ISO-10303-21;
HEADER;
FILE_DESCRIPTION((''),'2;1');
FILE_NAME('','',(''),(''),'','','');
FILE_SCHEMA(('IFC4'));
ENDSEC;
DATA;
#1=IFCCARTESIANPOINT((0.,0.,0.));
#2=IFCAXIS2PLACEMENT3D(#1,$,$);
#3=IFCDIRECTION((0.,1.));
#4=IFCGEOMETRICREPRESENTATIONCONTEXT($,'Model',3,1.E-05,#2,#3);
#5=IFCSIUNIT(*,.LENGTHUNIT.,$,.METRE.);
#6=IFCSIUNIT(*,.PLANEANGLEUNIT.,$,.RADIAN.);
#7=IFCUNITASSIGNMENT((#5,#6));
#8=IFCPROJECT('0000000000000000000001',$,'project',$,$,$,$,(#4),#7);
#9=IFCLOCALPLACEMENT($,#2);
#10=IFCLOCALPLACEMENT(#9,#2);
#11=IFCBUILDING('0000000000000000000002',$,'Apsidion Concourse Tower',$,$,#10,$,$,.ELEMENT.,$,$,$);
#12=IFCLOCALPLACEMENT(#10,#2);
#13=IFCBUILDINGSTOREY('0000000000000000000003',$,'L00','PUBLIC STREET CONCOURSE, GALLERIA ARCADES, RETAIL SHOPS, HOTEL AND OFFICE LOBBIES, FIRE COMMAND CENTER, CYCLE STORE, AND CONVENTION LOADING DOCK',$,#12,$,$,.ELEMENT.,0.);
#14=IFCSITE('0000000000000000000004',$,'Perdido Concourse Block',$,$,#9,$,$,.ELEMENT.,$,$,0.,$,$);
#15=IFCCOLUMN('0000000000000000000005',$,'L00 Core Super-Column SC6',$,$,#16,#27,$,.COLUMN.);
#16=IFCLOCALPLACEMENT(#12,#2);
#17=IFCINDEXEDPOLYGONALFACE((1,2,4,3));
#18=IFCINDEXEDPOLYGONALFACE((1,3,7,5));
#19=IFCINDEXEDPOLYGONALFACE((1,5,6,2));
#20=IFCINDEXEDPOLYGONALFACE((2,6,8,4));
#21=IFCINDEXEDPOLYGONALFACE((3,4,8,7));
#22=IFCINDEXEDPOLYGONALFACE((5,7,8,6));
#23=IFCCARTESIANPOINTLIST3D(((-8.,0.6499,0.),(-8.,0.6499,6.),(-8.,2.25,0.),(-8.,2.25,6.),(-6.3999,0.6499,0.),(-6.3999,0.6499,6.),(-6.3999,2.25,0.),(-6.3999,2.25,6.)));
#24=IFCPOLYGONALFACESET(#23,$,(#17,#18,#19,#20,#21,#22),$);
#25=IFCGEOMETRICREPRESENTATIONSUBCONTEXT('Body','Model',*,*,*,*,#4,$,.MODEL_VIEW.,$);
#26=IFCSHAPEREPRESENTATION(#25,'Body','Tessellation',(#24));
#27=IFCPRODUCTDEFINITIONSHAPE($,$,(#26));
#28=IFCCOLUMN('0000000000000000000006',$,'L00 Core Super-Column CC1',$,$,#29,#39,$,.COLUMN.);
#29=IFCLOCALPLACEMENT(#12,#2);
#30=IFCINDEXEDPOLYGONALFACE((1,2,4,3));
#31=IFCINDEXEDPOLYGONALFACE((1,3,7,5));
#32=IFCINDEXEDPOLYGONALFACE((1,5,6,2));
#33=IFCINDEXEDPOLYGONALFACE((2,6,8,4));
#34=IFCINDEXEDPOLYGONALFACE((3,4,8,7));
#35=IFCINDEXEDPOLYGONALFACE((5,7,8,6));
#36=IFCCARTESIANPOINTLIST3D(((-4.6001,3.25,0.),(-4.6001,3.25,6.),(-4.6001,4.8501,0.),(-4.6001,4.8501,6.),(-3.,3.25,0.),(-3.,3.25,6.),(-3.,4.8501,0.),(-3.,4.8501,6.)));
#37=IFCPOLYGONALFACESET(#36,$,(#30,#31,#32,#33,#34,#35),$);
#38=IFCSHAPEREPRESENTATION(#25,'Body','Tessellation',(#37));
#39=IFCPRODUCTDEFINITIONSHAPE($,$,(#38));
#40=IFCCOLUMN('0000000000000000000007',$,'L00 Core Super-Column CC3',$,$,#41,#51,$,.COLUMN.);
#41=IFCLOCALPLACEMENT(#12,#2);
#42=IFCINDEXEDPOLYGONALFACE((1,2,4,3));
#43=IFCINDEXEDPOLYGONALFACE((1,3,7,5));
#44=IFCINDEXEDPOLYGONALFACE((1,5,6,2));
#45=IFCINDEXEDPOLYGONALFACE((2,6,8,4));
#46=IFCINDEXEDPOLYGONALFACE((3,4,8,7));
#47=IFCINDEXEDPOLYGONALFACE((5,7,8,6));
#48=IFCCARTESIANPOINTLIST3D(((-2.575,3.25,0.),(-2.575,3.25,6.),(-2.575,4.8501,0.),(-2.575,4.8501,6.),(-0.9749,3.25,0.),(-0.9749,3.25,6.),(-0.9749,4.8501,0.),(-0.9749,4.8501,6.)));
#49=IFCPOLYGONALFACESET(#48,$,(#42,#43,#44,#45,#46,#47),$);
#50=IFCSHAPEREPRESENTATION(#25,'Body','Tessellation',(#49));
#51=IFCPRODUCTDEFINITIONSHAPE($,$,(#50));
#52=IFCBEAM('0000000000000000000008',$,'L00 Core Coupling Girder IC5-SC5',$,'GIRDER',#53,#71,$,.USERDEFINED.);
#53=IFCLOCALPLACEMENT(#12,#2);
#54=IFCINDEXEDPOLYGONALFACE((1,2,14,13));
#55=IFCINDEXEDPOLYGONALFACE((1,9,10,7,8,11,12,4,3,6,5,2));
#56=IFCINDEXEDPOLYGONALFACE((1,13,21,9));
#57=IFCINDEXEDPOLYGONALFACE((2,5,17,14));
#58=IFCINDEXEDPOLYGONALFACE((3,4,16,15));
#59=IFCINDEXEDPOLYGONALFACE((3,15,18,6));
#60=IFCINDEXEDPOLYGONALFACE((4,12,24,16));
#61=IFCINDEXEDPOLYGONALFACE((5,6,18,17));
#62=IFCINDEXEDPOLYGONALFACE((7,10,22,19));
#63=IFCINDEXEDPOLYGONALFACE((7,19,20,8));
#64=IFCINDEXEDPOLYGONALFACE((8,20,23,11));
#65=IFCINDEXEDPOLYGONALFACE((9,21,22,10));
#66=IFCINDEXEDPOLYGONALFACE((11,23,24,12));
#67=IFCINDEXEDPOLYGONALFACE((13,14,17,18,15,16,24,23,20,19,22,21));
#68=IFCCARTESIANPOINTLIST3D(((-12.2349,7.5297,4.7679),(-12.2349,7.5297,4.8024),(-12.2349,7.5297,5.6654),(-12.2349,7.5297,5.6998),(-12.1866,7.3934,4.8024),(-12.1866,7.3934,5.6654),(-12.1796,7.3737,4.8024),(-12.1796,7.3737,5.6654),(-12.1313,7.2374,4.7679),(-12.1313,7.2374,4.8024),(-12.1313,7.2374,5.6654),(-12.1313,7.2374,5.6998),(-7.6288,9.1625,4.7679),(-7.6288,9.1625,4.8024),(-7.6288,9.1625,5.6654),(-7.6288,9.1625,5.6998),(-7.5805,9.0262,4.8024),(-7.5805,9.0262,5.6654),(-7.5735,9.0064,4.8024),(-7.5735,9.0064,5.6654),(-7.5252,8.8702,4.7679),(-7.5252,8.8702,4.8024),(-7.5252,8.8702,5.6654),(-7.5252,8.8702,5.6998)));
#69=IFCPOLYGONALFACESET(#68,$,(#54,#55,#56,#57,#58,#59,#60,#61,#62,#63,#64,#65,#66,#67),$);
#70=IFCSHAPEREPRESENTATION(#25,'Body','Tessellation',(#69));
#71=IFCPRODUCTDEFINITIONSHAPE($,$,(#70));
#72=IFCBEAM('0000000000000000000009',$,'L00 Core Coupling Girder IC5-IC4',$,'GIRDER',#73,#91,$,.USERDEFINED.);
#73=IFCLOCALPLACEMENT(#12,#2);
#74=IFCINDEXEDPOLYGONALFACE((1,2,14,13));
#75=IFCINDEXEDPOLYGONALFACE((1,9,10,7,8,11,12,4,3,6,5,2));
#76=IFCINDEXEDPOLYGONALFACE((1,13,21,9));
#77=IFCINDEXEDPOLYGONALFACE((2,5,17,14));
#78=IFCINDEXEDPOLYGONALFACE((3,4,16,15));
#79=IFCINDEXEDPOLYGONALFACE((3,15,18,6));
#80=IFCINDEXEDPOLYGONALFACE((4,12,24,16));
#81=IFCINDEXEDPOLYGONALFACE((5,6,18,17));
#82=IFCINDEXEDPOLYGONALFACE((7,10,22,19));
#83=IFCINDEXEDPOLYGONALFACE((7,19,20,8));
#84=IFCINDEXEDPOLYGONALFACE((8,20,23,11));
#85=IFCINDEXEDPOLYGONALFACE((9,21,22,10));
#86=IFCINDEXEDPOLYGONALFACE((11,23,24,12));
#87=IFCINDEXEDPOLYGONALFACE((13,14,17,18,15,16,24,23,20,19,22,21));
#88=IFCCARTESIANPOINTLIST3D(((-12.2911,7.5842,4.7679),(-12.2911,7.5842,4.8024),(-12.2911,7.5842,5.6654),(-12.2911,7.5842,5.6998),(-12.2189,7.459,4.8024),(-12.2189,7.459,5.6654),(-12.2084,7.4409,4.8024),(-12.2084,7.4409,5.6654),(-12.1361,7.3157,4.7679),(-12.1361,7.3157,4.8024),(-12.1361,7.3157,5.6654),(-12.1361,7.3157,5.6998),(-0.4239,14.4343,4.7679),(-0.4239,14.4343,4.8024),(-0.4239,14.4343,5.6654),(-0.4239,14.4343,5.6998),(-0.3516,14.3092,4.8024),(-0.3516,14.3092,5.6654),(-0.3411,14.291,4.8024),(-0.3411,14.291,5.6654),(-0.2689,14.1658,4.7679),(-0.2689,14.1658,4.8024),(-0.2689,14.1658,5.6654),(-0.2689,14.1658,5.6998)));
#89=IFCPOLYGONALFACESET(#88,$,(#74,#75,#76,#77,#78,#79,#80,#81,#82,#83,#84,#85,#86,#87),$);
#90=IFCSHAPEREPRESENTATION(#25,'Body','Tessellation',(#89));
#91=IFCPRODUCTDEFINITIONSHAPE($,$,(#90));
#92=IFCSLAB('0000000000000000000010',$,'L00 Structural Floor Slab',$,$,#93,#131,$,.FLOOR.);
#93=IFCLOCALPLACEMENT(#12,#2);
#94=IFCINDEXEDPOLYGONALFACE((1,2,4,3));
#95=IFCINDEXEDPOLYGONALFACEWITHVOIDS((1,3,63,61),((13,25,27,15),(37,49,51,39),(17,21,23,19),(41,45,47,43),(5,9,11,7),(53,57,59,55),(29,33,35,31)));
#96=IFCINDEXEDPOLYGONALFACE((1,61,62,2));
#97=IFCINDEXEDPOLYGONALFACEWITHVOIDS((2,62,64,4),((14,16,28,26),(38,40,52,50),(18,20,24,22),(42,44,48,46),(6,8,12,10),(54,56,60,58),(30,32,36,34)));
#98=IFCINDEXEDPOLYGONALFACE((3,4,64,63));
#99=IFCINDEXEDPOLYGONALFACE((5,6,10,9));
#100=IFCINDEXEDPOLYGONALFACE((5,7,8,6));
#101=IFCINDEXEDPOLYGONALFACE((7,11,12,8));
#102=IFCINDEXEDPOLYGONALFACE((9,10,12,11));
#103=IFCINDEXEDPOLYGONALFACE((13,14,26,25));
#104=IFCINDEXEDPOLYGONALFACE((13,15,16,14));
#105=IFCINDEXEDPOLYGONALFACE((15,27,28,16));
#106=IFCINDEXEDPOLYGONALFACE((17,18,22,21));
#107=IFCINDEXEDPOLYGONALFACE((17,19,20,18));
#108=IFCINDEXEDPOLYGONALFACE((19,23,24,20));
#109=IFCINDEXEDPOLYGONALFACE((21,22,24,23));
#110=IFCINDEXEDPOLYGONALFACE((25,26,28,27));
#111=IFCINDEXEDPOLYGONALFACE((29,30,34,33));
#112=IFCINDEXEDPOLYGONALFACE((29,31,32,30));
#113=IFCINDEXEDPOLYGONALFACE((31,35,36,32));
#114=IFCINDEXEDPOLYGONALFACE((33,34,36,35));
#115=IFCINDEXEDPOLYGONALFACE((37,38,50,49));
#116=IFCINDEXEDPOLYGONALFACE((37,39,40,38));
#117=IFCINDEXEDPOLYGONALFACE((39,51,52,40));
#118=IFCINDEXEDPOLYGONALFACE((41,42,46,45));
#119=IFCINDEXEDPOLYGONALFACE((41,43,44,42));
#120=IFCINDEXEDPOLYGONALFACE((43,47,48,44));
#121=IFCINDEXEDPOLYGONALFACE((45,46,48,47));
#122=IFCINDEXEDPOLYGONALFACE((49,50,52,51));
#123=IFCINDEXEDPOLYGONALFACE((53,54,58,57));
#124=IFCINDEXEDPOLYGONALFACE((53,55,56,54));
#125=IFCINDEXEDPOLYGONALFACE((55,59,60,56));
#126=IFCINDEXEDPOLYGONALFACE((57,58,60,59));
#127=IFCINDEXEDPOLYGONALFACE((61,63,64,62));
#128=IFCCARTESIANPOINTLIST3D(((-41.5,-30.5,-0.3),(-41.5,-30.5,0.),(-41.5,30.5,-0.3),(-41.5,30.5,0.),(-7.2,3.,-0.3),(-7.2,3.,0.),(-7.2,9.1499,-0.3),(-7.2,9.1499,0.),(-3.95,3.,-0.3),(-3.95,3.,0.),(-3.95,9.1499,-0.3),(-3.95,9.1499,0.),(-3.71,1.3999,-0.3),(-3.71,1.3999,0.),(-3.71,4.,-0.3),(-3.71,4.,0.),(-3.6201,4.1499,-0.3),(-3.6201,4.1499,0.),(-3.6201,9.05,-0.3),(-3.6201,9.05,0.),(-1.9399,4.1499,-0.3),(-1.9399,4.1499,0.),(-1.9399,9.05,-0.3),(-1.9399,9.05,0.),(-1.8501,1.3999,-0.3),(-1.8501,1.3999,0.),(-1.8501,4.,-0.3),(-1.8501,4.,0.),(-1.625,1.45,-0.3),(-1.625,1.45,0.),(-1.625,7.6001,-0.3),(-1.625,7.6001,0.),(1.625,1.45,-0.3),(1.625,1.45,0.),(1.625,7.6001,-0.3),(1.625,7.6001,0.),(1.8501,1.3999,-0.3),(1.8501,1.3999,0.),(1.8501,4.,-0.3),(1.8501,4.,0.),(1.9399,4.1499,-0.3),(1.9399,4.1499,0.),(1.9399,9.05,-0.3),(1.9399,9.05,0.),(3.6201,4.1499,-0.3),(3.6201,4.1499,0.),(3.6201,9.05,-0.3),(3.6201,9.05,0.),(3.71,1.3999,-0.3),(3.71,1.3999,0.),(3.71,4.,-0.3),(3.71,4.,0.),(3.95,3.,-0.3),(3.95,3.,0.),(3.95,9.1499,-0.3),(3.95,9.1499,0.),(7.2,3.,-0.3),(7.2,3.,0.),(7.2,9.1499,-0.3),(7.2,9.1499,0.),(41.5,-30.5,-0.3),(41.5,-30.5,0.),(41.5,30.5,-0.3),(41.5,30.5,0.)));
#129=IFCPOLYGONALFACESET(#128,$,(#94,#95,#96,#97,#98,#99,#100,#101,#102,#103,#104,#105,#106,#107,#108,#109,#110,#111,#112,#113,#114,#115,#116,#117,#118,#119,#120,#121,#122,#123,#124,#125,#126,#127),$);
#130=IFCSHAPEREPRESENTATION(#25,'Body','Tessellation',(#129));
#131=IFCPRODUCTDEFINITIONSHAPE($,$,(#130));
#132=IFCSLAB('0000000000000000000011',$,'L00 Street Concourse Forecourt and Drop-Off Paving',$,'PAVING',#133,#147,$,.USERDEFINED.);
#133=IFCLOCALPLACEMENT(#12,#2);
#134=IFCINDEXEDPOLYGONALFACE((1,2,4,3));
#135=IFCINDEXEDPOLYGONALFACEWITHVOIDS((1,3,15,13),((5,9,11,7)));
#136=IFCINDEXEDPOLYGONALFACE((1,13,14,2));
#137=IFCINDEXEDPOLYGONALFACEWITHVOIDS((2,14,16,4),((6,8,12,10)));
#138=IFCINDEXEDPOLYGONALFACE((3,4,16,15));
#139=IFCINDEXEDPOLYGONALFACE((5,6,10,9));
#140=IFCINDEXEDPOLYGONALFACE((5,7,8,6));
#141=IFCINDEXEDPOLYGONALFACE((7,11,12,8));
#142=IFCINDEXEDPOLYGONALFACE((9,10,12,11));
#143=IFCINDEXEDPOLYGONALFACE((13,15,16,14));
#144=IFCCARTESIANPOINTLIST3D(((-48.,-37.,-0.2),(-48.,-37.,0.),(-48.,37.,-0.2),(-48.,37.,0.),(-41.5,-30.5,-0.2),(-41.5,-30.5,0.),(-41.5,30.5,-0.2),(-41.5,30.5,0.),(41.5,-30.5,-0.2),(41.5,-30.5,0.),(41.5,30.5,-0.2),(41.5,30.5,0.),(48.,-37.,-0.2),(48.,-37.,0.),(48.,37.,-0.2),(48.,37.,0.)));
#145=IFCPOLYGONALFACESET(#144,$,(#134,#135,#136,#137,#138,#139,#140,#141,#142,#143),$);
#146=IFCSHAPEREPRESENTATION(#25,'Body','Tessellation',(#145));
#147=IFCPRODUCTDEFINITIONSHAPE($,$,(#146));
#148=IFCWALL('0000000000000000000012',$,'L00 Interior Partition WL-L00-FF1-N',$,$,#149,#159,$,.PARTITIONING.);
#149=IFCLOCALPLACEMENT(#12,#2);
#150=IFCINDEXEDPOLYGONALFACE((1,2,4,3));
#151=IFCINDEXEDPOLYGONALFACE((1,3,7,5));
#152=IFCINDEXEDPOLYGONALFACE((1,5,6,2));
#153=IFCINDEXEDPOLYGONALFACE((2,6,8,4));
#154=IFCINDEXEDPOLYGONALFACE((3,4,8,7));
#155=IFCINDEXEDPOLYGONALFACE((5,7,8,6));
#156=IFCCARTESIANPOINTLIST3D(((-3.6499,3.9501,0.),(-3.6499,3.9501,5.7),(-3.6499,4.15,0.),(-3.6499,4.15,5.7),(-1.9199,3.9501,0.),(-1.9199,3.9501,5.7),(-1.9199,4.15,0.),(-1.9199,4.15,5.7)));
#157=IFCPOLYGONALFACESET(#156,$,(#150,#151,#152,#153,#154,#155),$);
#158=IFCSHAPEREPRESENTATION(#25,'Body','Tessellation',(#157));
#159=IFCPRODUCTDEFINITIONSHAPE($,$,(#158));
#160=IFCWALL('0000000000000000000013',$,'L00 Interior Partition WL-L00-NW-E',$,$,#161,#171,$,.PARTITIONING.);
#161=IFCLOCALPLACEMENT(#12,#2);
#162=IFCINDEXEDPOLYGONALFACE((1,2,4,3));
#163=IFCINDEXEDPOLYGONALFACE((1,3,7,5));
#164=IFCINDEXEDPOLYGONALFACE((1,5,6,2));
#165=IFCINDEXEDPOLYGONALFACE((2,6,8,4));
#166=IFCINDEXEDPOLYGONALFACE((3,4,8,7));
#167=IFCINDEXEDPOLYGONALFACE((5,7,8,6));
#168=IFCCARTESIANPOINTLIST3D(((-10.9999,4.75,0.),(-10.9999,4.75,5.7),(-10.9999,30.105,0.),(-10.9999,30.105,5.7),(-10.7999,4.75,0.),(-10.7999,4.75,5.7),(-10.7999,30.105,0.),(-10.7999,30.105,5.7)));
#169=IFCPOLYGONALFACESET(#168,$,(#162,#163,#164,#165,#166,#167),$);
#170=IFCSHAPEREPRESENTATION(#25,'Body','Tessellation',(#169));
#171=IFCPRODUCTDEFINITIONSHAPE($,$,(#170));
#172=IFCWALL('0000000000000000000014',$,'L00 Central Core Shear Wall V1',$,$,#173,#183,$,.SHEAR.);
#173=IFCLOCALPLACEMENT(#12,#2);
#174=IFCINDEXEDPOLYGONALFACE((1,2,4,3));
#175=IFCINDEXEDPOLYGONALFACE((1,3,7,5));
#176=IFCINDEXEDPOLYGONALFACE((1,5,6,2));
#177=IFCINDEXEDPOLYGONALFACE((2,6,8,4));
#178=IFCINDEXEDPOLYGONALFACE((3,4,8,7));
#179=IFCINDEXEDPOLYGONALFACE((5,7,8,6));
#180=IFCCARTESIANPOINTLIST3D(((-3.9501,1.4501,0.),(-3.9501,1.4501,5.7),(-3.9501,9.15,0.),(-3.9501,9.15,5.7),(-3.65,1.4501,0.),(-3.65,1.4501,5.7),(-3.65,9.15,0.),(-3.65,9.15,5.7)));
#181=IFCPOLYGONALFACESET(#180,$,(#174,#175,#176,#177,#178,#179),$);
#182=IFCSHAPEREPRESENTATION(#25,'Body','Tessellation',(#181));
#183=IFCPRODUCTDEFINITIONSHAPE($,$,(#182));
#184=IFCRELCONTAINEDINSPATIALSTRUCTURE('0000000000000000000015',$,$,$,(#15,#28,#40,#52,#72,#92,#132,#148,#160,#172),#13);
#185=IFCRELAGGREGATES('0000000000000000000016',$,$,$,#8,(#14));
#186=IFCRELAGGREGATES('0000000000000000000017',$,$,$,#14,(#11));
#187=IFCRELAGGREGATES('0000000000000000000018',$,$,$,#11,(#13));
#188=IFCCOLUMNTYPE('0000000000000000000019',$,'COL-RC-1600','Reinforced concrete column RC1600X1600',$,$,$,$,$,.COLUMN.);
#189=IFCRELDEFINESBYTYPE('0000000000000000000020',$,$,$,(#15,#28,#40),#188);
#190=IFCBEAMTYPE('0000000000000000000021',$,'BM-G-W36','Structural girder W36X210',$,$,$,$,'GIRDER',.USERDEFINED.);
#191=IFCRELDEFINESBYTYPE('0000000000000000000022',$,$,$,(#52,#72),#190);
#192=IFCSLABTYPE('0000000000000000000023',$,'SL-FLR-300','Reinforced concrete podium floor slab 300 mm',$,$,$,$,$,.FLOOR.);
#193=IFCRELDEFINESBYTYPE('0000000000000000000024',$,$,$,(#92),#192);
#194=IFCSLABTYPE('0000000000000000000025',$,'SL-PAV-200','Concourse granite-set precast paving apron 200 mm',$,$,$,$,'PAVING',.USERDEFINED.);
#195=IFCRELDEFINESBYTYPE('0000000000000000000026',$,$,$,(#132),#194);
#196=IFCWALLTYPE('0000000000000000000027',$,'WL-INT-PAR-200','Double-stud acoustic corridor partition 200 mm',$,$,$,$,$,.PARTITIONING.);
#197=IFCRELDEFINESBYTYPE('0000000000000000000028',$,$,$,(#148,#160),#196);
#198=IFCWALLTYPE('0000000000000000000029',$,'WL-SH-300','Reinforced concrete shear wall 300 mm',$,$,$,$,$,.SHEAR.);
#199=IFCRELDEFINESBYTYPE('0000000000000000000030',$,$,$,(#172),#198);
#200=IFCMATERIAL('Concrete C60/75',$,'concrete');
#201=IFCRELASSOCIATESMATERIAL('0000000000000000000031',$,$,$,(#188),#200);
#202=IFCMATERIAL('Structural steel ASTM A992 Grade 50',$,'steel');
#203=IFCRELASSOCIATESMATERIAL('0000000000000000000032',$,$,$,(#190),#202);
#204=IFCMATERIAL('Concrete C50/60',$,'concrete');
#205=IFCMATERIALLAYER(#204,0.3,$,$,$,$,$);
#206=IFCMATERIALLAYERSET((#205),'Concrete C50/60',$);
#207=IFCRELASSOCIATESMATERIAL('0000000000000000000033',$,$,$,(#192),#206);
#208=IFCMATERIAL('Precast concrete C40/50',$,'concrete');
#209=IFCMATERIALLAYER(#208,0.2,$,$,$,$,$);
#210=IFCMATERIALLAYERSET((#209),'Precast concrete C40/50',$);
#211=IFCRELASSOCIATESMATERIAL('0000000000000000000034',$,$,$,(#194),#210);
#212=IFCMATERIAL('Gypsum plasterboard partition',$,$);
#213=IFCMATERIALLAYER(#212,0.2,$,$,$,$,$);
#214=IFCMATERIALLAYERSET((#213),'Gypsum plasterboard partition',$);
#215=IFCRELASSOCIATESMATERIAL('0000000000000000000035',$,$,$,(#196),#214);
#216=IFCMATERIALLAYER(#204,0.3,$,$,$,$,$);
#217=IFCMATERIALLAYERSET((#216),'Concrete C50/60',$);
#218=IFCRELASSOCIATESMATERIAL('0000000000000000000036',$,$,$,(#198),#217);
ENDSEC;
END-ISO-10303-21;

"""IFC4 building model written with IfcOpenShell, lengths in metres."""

from ifc_helpers import new_model, si_unit, direction, frame, frame_2d, origin, origin_2d, place, context, subcontext, project, spatial, polyline, rectangle, i_section, outline, extrude, material, layer, layer_set, material_profile, profile_set, type_object, element, save


model = new_model("IFC4")

# Units and contexts
model_context = context("Model", 3, precision=1e-05, world=origin(), true_north=direction((0.0, 1.0)))
body_context = subcontext(model_context, "Body", "Model", "MODEL_VIEW")
ifc_project = project(units=[si_unit("LENGTHUNIT", "METRE"), si_unit("PLANEANGLEUNIT", "RADIAN")], contexts=[model_context])

# Site, building, storey
site_placement = place(None, origin())
site = spatial("IfcSite", under=ifc_project, at=site_placement, Name="Perdido Concourse Block", CompositionType="ELEMENT", RefElevation=0.0)
building_placement = place(site_placement, origin())
building = spatial("IfcBuilding", under=site, at=building_placement, Name="Apsidion Concourse Tower", CompositionType="ELEMENT")
storey_placement = place(building_placement, origin())
storey = spatial("IfcBuildingStorey", under=building, at=storey_placement, Name="L00", Description="PUBLIC STREET CONCOURSE, GALLERIA ARCADES, RETAIL SHOPS, HOTEL AND OFFICE LOBBIES, FIRE COMMAND CENTER, CYCLE STORE, AND CONVENTION LOADING DOCK", CompositionType="ELEMENT", Elevation=0.0)

# Columns
ifc_material_1 = material(Name="Concrete C60/75", Category="concrete")
ifc_material_profile_1 = material_profile(ifc_material_1, rectangle(XDim=1.6001, YDim=1.6001, at=origin_2d()), Name="RC 1600x1600")
ifc_profile_set_1 = profile_set([ifc_material_profile_1], Name="Concrete C60/75")
column_type = type_object("IfcColumnType", Name="COL-RC-1600", Description="Reinforced concrete column RC1600X1600", PredefinedType="COLUMN", material=ifc_profile_set_1)
for number, where, z_axis, x_axis, name in (
    (1, (-7.2, 1.45, 0.0), (0.0, 0.0, 1.0), (1.0, 0.0, 0.0), "L00 Core Super-Column SC6"),
    (2, (-3.8, 4.05, 0.0), (0.0, 0.0, 1.0), (1.0, 0.0, 0.0), "L00 Core Super-Column CC1"),
    (3, (-1.7749, 4.05, 0.0), (0.0, 0.0, 1.0), (1.0, 0.0, 0.0), "L00 Core Super-Column CC3"),
):
    element("IfcColumn", number, at=place(storey_placement, frame(where, z_axis=z_axis, x_axis=x_axis)), inside=storey, type_object=column_type, Name=name, PredefinedType="COLUMN", context=body_context, shape_type="SweptSolid", body=[
        extrude(rectangle(XDim=1.6001, YDim=1.6001, at=origin_2d()), origin(), (0.0, 0.0, 1.0), 6.0),
    ])

# Beams
ifc_material_2 = material(Name="Structural steel ASTM A992 Grade 50", Category="steel")
ifc_material_profile_2 = material_profile(ifc_material_2, i_section(OverallWidth=0.3101, OverallDepth=0.9319, WebThickness=0.021, FlangeThickness=0.0344, at=origin_2d()), Name="W36X210")
ifc_profile_set_2 = profile_set([ifc_material_profile_2], Name="Structural steel ASTM A992 Grade 50")
beam_type = type_object("IfcBeamType", Name="BM-G-W36", Description="Structural girder W36X210", ElementType="GIRDER", PredefinedType="USERDEFINED", material=ifc_profile_set_2)
beam_1_placement = place(storey_placement, frame((-12.1831, 7.3835, 5.2339), z_axis=(0.942534, 0.334111, 0.0), x_axis=(-0.334111, 0.942534, 0.0)))
element("IfcBeam", 4, at=beam_1_placement, inside=storey, type_object=beam_type, Name="L00 Core Coupling Girder IC5-SC5", ObjectType="GIRDER", PredefinedType="USERDEFINED", context=body_context, shape_type="SweptSolid", body=[
    extrude(i_section(OverallWidth=0.3101, OverallDepth=0.9319, WebThickness=0.021, FlangeThickness=0.0344, at=origin_2d()), origin(), (0.0, 0.0, 1.0), 4.887),
])
beam_2_placement = place(storey_placement, frame((-12.2136, 7.45, 5.2339), z_axis=(0.86607, 0.499922, 0.0), x_axis=(-0.499922, 0.86607, 0.0)))
element("IfcBeam", 5, at=beam_2_placement, inside=storey, type_object=beam_type, Name="L00 Core Coupling Girder IC5-IC4", ObjectType="GIRDER", PredefinedType="USERDEFINED", context=body_context, shape_type="SweptSolid", body=[
    extrude(i_section(OverallWidth=0.3101, OverallDepth=0.9319, WebThickness=0.021, FlangeThickness=0.0344, at=origin_2d()), origin(), (0.0, 0.0, 1.0), 13.7024),
])

# Slabs
ifc_material_3 = material(Name="Concrete C50/60", Category="concrete")
ifc_layer_1 = layer(ifc_material_3, 0.3)
ifc_layer_set_1 = layer_set([ifc_layer_1], Name="Concrete C50/60")
slab_type_1 = type_object("IfcSlabType", Name="SL-FLR-300", Description="Reinforced concrete podium floor slab 300 mm", PredefinedType="FLOOR", material=ifc_layer_set_1)
slab_1_placement = place(storey_placement, frame((0.0, 0.0, -0.3)))
element("IfcSlab", 6, at=slab_1_placement, inside=storey, type_object=slab_type_1, Name="L00 Structural Floor Slab", PredefinedType="FLOOR", context=body_context, shape_type="SweptSolid", body=[
    extrude(outline(polyline([(-41.5, -30.5), (41.5, -30.5), (41.5, 30.5), (-41.5, 30.5), (-41.5, -30.5)]), holes=[polyline([(-3.95, 3.0), (-3.95, 9.1499), (-7.2, 9.1499), (-7.2, 3.0), (-3.95, 3.0)]), polyline([(7.2, 3.0), (7.2, 9.1499), (3.95, 9.1499), (3.95, 3.0), (7.2, 3.0)]), polyline([(-1.625, 7.6001), (-1.625, 1.45), (1.625, 1.45), (1.625, 7.6001), (-1.625, 7.6001)]), polyline([(-3.71, 1.3999), (-1.8501, 1.3999), (-1.8501, 4.0), (-3.71, 4.0), (-3.71, 1.3999)]), polyline([(1.8501, 1.3999), (3.71, 1.3999), (3.71, 4.0), (1.8501, 4.0), (1.8501, 1.3999)]), polyline([(-3.6201, 4.1499), (-1.9399, 4.1499), (-1.9399, 9.05), (-3.6201, 9.05), (-3.6201, 4.1499)]), polyline([(1.9399, 4.1499), (3.6201, 4.1499), (3.6201, 9.05), (1.9399, 9.05), (1.9399, 4.1499)])]), origin(), (0.0, 0.0, 1.0), 0.3),
])
ifc_material_4 = material(Name="Precast concrete C40/50", Category="concrete")
ifc_layer_2 = layer(ifc_material_4, 0.2)
ifc_layer_set_2 = layer_set([ifc_layer_2], Name="Precast concrete C40/50")
slab_type_2 = type_object("IfcSlabType", Name="SL-PAV-200", Description="Concourse granite-set precast paving apron 200 mm", ElementType="PAVING", PredefinedType="USERDEFINED", material=ifc_layer_set_2)
slab_2_placement = place(storey_placement, frame((0.0, 0.0, -0.2)))
element("IfcSlab", 7, at=slab_2_placement, inside=storey, type_object=slab_type_2, Name="L00 Street Concourse Forecourt and Drop-Off Paving", ObjectType="PAVING", PredefinedType="USERDEFINED", context=body_context, shape_type="SweptSolid", body=[
    extrude(outline(polyline([(-48.0, -37.0), (48.0, -37.0), (48.0, 37.0), (-48.0, 37.0), (-48.0, -37.0)]), holes=[polyline([(-41.5, -30.5), (41.5, -30.5), (41.5, 30.5), (-41.5, 30.5), (-41.5, -30.5)])]), origin(), (0.0, 0.0, 1.0), 0.2),
])

# Walls
ifc_material_5 = material(Name="Gypsum plasterboard partition")
ifc_layer_3 = layer(ifc_material_5, 0.2)
ifc_layer_set_3 = layer_set([ifc_layer_3], Name="Gypsum plasterboard partition")
wall_type_1 = type_object("IfcWallType", Name="WL-INT-PAR-200", Description="Double-stud acoustic corridor partition 200 mm", PredefinedType="PARTITIONING", material=ifc_layer_set_3)
wall_1_placement = place(storey_placement, frame((-3.6499, 4.05, 0.0), z_axis=(0.0, 0.0, 1.0), x_axis=(1.0, 0.0, 0.0)))
element("IfcWall", 8, at=wall_1_placement, inside=storey, type_object=wall_type_1, Name="L00 Interior Partition WL-L00-FF1-N", PredefinedType="PARTITIONING", context=body_context, shape_type="SweptSolid", body=[
    extrude(rectangle(XDim=1.73, YDim=0.2, at=frame_2d((0.865, 0.0))), origin(), (0.0, 0.0, 1.0), 5.7),
])
wall_2_placement = place(storey_placement, frame((-10.8999, 4.75, 0.0), z_axis=(0.0, 0.0, 1.0), x_axis=(0.0, 1.0, 0.0)))
element("IfcWall", 9, at=wall_2_placement, inside=storey, type_object=wall_type_1, Name="L00 Interior Partition WL-L00-NW-E", PredefinedType="PARTITIONING", context=body_context, shape_type="SweptSolid", body=[
    extrude(rectangle(XDim=25.355, YDim=0.2, at=frame_2d((12.6775, 0.0))), origin(), (0.0, 0.0, 1.0), 5.7),
])
ifc_layer_4 = layer(ifc_material_3, 0.3)
ifc_layer_set_4 = layer_set([ifc_layer_4], Name="Concrete C50/60")
wall_type_2 = type_object("IfcWallType", Name="WL-SH-300", Description="Reinforced concrete shear wall 300 mm", PredefinedType="SHEAR", material=ifc_layer_set_4)
for number, where, z_axis, x_axis, name in (
    (10, (-3.8, 1.45, 0.0), (0.0, 0.0, 1.0), (0.0, 1.0, 0.0), "L00 Central Core Shear Wall V1"),
):
    element("IfcWall", number, at=place(storey_placement, frame(where, z_axis=z_axis, x_axis=x_axis)), inside=storey, type_object=wall_type_2, Name=name, PredefinedType="SHEAR", context=body_context, shape_type="SweptSolid", body=[
        extrude(rectangle(XDim=7.7, YDim=0.3, at=frame_2d((3.8501, 0.0))), origin(), (0.0, 0.0, 1.0), 5.7),
    ])

save(model, "model.ifc")
